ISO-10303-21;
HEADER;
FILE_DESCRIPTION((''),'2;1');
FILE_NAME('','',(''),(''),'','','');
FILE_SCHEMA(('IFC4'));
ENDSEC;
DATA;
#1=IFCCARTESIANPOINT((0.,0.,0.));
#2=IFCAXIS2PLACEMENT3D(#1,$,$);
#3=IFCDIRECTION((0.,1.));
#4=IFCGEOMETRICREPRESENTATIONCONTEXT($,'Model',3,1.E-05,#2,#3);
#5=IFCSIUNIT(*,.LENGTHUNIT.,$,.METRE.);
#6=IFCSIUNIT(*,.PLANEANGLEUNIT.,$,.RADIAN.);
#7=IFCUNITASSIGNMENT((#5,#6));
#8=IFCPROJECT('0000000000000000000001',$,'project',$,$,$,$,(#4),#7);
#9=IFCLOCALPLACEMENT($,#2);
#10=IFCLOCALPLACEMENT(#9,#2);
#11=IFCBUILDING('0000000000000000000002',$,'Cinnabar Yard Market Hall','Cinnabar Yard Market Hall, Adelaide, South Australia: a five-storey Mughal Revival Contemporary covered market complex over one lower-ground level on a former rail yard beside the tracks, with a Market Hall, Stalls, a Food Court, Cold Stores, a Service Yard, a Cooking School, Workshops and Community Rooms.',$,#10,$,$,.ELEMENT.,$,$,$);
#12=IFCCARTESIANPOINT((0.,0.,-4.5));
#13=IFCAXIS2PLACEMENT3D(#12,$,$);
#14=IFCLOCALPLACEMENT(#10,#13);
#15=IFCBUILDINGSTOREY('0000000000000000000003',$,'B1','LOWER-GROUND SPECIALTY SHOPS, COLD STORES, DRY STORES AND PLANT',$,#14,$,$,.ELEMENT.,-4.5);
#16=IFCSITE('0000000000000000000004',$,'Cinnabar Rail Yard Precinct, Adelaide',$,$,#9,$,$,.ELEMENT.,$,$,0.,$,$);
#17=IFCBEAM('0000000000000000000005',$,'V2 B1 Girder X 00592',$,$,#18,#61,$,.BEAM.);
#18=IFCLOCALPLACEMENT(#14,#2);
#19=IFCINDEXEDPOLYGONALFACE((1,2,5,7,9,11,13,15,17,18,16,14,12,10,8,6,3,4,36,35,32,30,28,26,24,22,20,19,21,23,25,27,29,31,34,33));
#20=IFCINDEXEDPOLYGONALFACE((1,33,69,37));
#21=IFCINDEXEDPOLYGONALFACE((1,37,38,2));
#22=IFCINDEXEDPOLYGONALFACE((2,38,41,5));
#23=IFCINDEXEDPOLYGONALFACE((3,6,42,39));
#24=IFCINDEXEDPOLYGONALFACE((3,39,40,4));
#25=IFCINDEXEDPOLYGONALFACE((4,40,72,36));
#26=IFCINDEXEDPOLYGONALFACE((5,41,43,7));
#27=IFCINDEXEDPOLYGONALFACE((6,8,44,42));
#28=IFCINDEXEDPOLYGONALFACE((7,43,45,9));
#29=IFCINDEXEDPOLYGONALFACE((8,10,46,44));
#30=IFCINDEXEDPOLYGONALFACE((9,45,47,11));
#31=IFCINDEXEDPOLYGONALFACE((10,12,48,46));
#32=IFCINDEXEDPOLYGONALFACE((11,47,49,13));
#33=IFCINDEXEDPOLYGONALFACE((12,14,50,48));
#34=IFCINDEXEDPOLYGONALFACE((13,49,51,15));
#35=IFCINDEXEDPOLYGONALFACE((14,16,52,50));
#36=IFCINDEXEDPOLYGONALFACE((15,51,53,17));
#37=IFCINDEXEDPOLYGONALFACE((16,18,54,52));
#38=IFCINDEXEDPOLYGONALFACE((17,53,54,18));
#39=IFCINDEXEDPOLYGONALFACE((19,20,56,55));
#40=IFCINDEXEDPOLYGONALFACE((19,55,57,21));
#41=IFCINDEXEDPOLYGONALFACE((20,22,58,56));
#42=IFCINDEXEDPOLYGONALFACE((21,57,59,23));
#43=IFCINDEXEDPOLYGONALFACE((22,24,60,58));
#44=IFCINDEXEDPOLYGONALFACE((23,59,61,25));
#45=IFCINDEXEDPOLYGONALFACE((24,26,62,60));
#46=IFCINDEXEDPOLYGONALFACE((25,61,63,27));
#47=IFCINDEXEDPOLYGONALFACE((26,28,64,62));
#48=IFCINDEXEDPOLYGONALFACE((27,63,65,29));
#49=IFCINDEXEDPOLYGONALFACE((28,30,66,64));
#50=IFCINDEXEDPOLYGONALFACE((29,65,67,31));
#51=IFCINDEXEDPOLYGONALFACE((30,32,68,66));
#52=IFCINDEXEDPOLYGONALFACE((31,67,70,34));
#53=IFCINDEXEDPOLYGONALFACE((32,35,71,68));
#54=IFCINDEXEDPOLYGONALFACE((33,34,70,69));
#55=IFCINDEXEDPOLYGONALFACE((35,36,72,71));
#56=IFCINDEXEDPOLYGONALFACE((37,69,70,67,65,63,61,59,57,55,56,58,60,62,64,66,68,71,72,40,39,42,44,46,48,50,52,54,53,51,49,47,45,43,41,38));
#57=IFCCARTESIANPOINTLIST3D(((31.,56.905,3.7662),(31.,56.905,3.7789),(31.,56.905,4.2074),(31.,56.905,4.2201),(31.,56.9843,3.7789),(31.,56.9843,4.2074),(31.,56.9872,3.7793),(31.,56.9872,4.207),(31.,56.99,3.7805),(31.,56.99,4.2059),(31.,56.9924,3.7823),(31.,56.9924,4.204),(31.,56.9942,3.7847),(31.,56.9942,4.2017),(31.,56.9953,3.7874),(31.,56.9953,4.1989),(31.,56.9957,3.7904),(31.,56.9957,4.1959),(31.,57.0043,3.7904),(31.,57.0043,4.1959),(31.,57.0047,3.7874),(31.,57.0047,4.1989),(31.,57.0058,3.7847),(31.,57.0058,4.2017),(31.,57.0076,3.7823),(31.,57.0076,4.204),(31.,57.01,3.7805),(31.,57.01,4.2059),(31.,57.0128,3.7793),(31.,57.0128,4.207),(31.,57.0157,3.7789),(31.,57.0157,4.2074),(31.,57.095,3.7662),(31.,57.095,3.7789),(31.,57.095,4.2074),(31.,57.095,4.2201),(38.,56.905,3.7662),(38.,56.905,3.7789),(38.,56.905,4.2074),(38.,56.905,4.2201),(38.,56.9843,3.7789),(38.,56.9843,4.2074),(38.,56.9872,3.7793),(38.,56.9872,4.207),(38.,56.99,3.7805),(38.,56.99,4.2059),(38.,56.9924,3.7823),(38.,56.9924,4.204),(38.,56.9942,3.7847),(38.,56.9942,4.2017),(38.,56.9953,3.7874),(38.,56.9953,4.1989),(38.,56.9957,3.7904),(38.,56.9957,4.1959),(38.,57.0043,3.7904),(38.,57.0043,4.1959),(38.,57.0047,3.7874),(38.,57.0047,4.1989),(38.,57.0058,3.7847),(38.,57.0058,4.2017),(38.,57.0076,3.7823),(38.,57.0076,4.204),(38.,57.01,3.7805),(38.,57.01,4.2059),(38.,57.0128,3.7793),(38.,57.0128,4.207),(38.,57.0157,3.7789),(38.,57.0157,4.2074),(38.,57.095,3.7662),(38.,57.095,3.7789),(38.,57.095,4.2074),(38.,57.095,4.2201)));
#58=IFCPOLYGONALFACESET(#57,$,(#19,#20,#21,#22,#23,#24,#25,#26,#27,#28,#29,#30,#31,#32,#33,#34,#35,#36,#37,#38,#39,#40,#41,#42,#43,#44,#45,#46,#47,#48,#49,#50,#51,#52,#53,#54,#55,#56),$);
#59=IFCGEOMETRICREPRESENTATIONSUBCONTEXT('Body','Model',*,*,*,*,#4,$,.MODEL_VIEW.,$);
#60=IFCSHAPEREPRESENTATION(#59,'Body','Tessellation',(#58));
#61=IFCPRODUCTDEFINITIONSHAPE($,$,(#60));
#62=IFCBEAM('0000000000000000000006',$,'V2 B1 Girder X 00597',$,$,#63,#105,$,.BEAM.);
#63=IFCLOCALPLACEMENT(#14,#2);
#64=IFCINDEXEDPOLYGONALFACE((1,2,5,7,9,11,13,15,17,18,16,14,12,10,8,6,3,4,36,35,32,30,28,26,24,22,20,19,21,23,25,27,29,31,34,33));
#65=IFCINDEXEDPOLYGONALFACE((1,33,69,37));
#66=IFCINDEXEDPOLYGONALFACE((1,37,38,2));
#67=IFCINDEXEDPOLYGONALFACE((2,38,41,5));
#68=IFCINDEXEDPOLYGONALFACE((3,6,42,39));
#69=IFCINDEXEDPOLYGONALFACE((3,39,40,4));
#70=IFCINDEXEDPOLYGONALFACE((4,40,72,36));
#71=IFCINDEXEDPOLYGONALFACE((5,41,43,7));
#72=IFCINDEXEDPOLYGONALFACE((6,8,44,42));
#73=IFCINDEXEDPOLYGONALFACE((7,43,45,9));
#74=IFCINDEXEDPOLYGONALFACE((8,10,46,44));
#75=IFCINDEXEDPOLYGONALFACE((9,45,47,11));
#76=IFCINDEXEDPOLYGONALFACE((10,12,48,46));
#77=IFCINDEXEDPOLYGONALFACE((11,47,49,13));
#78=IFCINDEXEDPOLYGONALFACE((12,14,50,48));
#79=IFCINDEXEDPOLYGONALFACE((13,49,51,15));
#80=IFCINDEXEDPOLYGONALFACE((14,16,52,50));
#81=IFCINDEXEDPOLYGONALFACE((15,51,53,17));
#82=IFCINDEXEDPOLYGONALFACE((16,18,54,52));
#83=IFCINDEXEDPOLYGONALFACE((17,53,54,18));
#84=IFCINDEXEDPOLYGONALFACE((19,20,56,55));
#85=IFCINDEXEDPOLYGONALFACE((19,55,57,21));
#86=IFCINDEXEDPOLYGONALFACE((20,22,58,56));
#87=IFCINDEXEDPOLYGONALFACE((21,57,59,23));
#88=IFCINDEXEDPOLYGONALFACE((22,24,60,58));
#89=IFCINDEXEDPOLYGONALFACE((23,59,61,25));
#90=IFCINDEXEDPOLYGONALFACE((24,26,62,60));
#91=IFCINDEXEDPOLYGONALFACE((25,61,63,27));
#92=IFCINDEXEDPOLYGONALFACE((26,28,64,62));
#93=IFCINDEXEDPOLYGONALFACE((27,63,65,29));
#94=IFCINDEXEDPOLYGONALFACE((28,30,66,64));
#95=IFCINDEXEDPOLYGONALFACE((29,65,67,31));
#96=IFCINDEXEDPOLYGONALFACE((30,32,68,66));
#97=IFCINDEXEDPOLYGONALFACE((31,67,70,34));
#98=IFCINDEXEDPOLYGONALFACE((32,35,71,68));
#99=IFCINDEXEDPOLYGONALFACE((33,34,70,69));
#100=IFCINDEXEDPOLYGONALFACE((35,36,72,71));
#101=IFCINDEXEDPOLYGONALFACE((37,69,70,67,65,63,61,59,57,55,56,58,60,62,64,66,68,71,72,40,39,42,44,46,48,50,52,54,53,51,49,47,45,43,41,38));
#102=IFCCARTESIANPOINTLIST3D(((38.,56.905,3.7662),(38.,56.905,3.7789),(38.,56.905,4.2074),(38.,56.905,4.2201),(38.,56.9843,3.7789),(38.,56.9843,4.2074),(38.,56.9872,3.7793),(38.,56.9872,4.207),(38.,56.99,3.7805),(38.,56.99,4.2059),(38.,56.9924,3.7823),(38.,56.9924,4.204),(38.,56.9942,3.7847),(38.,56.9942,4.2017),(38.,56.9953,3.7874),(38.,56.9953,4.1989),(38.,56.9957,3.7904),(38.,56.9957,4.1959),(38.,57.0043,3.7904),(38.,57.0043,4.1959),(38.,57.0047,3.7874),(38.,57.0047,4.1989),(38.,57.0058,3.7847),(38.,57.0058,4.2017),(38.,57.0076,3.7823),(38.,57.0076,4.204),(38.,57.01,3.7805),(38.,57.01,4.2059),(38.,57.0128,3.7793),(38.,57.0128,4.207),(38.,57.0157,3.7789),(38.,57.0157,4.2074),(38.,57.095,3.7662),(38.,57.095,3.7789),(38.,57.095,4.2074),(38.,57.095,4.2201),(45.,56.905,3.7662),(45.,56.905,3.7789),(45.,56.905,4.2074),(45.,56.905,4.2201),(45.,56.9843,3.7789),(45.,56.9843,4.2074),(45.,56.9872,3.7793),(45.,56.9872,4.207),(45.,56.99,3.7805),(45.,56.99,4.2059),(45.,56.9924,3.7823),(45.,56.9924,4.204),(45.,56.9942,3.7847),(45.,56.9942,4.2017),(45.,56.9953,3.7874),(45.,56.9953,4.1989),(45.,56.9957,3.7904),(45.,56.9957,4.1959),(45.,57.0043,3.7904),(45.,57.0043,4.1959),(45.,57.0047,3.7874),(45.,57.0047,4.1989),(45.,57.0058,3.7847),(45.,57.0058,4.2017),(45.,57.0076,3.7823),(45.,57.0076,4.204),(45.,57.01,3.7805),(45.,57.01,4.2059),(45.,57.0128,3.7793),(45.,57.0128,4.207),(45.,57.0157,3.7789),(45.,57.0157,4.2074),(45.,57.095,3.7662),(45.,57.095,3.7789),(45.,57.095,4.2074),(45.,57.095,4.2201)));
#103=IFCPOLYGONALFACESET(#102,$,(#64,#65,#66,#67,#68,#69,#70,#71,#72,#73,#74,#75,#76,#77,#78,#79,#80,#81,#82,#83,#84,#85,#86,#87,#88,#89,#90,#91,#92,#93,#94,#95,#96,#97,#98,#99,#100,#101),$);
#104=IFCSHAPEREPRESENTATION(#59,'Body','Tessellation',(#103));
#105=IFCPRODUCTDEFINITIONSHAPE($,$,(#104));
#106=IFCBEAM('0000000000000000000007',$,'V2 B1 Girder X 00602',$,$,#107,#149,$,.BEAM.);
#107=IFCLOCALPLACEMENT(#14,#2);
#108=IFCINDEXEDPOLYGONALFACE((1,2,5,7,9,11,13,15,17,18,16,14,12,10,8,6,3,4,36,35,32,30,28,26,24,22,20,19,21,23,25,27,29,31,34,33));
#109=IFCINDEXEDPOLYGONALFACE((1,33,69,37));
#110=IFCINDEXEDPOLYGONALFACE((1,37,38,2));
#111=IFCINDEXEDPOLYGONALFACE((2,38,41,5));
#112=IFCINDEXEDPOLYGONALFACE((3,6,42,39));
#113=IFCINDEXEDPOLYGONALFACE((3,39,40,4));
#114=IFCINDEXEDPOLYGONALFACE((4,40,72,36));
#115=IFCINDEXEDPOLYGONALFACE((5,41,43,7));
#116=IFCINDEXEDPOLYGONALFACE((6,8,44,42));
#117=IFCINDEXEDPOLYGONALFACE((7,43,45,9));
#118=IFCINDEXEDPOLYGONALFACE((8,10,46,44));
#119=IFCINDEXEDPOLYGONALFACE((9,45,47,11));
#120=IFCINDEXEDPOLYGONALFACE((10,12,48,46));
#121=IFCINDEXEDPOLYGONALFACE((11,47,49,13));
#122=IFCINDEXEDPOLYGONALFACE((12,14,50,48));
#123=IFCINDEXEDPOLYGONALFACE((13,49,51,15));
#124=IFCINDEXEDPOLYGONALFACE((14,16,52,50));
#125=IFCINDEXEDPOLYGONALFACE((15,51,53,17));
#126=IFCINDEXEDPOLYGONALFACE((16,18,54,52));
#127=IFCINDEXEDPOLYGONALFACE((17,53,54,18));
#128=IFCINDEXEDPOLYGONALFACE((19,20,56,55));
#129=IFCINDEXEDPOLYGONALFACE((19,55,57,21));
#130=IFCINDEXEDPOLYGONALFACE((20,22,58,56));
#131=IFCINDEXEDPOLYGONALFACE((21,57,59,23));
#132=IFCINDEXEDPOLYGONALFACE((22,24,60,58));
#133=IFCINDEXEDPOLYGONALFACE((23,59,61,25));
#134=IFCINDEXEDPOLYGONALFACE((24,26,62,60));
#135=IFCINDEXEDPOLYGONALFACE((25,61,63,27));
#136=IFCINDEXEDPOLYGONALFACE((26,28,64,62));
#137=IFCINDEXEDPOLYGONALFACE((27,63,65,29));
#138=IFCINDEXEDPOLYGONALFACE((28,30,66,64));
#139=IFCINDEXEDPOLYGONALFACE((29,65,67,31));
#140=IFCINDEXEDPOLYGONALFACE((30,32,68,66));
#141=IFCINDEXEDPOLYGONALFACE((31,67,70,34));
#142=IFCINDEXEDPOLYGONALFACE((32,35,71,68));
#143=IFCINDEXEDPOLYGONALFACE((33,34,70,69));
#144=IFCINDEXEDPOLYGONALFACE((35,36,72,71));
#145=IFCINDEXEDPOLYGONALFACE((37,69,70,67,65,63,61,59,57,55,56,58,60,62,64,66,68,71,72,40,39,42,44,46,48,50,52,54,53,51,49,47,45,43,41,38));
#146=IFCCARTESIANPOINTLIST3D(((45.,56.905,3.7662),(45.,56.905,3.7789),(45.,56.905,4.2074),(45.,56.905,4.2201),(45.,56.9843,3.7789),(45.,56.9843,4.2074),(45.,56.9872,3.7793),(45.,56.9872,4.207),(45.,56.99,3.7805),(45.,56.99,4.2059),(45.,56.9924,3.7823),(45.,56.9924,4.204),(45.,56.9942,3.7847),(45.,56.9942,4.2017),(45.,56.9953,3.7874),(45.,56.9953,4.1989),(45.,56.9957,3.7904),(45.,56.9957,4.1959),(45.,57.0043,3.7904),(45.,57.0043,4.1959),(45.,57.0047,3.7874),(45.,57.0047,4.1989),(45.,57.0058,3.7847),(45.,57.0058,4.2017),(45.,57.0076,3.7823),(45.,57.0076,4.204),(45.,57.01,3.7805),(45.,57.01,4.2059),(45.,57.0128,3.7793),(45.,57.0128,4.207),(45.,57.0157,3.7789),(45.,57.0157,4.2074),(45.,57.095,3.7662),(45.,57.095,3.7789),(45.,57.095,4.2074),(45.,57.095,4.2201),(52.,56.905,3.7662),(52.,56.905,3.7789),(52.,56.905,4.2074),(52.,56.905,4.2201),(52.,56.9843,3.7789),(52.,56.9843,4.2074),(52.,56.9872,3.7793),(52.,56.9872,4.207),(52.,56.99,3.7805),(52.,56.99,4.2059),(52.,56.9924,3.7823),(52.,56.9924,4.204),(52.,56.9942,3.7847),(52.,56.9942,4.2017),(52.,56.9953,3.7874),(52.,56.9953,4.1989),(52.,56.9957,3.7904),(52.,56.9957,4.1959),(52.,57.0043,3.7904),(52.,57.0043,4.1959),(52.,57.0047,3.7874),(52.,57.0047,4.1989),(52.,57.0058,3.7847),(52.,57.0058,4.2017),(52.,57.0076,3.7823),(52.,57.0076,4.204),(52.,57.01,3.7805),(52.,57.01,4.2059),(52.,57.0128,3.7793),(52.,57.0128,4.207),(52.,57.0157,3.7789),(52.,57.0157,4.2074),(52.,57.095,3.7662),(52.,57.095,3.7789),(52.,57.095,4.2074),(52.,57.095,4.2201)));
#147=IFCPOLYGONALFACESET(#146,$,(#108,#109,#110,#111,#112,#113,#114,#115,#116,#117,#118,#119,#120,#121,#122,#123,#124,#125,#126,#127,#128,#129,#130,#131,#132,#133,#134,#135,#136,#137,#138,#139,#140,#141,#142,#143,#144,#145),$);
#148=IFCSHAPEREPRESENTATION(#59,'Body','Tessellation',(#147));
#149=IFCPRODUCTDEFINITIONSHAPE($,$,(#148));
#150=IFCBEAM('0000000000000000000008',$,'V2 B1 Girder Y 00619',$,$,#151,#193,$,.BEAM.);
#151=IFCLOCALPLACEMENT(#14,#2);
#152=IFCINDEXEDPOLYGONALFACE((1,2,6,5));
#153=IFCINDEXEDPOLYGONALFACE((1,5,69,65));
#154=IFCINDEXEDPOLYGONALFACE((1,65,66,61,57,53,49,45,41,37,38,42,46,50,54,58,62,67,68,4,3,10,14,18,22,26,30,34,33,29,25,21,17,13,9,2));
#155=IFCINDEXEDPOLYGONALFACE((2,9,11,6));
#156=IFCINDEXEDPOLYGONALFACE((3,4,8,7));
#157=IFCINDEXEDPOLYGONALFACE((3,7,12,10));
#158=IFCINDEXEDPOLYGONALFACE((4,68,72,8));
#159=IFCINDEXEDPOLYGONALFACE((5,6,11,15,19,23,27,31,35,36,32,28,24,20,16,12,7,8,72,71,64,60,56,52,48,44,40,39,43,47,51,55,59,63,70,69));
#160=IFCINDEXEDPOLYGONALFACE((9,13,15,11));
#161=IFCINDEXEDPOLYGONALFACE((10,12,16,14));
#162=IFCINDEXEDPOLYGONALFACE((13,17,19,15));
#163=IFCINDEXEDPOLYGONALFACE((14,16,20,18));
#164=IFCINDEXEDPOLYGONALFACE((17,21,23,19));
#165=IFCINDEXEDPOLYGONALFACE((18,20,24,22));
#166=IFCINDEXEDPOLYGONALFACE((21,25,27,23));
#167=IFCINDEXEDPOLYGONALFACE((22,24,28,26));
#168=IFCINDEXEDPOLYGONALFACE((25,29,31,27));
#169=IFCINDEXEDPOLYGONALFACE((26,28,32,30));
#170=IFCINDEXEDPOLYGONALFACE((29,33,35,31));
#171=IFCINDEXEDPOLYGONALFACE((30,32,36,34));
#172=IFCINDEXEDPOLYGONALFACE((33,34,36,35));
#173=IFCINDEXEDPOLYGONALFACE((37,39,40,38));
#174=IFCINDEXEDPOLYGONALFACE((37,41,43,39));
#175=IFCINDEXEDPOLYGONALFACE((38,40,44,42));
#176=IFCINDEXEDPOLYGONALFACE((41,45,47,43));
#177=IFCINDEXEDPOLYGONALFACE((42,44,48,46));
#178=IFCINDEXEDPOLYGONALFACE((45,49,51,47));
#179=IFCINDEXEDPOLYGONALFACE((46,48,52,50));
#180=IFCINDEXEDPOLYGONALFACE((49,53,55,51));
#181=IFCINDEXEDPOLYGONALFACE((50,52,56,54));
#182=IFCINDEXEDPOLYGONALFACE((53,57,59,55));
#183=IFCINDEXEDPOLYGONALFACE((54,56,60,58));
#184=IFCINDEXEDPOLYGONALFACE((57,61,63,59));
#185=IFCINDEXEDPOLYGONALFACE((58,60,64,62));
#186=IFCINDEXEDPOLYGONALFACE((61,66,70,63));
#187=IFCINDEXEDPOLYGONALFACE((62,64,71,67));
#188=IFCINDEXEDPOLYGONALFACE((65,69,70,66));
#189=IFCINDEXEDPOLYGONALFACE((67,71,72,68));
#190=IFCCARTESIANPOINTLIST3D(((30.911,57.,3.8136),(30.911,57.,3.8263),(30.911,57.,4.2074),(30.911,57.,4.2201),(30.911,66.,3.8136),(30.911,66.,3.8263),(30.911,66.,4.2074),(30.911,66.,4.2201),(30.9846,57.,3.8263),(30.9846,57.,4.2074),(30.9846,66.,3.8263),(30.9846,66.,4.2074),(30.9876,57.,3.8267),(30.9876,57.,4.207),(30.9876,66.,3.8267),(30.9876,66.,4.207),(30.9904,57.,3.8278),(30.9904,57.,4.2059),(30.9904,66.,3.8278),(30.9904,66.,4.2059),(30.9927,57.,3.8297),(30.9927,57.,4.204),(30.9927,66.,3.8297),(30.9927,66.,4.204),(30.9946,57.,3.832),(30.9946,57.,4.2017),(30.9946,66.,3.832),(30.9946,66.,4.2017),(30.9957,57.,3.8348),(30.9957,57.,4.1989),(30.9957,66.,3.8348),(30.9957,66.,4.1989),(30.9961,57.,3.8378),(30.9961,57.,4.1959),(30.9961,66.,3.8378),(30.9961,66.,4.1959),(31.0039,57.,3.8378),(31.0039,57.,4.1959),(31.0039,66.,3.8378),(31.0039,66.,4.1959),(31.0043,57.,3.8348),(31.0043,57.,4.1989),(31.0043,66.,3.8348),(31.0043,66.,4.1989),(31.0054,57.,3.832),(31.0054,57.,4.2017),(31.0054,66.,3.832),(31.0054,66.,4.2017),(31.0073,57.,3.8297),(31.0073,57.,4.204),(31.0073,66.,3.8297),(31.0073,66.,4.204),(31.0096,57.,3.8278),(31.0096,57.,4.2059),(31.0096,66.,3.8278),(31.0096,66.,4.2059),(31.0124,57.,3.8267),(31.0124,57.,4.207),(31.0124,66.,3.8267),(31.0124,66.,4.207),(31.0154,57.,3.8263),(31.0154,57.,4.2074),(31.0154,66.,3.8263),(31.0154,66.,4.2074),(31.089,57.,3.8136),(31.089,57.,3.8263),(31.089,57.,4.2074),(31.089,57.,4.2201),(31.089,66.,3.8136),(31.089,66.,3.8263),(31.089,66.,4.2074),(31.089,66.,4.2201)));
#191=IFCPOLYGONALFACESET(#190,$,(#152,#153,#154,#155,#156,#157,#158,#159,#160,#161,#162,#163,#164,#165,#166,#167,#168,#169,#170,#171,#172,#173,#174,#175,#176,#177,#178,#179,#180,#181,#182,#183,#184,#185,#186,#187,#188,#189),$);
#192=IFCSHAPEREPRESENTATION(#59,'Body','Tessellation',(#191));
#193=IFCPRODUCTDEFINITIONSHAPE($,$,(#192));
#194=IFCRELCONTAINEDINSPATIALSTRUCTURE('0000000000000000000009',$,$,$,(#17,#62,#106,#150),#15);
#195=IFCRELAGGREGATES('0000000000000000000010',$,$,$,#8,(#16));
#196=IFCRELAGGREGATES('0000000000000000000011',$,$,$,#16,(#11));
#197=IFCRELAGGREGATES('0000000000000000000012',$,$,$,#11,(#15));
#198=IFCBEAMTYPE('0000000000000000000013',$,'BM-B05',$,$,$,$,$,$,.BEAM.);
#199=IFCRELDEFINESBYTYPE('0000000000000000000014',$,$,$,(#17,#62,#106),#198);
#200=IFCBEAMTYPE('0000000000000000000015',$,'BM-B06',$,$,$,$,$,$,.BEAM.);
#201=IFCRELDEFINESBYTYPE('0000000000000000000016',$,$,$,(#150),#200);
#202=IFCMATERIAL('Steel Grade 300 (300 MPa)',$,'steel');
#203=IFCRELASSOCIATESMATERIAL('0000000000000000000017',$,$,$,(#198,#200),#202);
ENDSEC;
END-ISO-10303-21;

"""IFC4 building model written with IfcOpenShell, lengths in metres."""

from ifc_helpers import new_model, si_unit, direction, frame, origin, origin_2d_with_axis, place, context, subcontext, project, spatial, i_section, extrude, material, material_profile, profile_set, type_object, element, save


model = new_model("IFC4")

# Units and contexts
model_context = context("Model", 3, precision=1e-05, world=origin(), true_north=direction((0.0, 1.0)))
body_context = subcontext(model_context, "Body", "Model", "MODEL_VIEW")
ifc_project = project(units=[si_unit("LENGTHUNIT", "METRE"), si_unit("PLANEANGLEUNIT", "RADIAN")], contexts=[model_context])

# Site, building, storey
site_placement = place(None, origin())
site = spatial("IfcSite", under=ifc_project, at=site_placement, Name="Cinnabar Rail Yard Precinct, Adelaide", CompositionType="ELEMENT", RefElevation=0.0)
building_placement = place(site_placement, origin())
building = spatial("IfcBuilding", under=site, at=building_placement, Name="Cinnabar Yard Market Hall", Description="Cinnabar Yard Market Hall, Adelaide, South Australia: a five-storey Mughal Revival Contemporary covered market complex over one lower-ground level on a former rail yard beside the tracks, with a Market Hall, Stalls, a Food Court, Cold Stores, a Service Yard, a Cooking School, Workshops and Community Rooms.", CompositionType="ELEMENT")
storey_placement = place(building_placement, frame((0.0, 0.0, -4.5)))
storey = spatial("IfcBuildingStorey", under=building, at=storey_placement, Name="B1", Description="LOWER-GROUND SPECIALTY SHOPS, COLD STORES, DRY STORES AND PLANT", CompositionType="ELEMENT", Elevation=-4.5)

# Shared definitions
ifc_material_1 = material(Name="Steel Grade 300 (300 MPa)", Category="steel")

# Beams
ifc_material_profile_1 = material_profile(ifc_material_1, i_section(OverallWidth=0.1899, OverallDepth=0.4539, WebThickness=0.0085, FlangeThickness=0.0127, FilletRadius=0.0115, at=origin_2d_with_axis()), Name="460UB67.1")
ifc_profile_set_1 = profile_set([ifc_material_profile_1], Name="Steel Grade 300 (300 MPa)")
beam_type_1 = type_object("IfcBeamType", Name="BM-B05", PredefinedType="BEAM", material=ifc_profile_set_1)
for number, where, z_axis, x_axis, name in (
    (1, (31.0, 57.0, 3.9932), (1.0, 0.0, 0.0), (0.0, 1.0, 0.0), "V2 B1 Girder X 00592"),
    (2, (38.0, 57.0, 3.9932), (1.0, 0.0, 0.0), (0.0, 1.0, 0.0), "V2 B1 Girder X 00597"),
    (3, (45.0, 57.0, 3.9932), (1.0, 0.0, 0.0), (0.0, 1.0, 0.0), "V2 B1 Girder X 00602"),
):
    element("IfcBeam", number, at=place(storey_placement, frame(where, z_axis=z_axis, x_axis=x_axis)), inside=storey, type_object=beam_type_1, Name=name, PredefinedType="BEAM", context=body_context, shape_type="SweptSolid", body=[
        extrude(i_section(OverallWidth=0.1899, OverallDepth=0.4539, WebThickness=0.0085, FlangeThickness=0.0127, FilletRadius=0.0115, at=origin_2d_with_axis()), origin(), (0.0, 0.0, 1.0), 7.0),
    ])
ifc_material_profile_2 = material_profile(ifc_material_1, i_section(OverallWidth=0.178, OverallDepth=0.4065, WebThickness=0.0078, FlangeThickness=0.0127, FilletRadius=0.0115, at=origin_2d_with_axis()), Name="410UB59.7")
ifc_profile_set_2 = profile_set([ifc_material_profile_2], Name="Steel Grade 300 (300 MPa)")
beam_type_2 = type_object("IfcBeamType", Name="BM-B06", PredefinedType="BEAM", material=ifc_profile_set_2)
for number, where, z_axis, x_axis, name in (
    (4, (31.0, 57.0, 4.0168), (0.0, 1.0, 0.0), (-1.0, 0.0, 0.0), "V2 B1 Girder Y 00619"),
):
    element("IfcBeam", number, at=place(storey_placement, frame(where, z_axis=z_axis, x_axis=x_axis)), inside=storey, type_object=beam_type_2, Name=name, PredefinedType="BEAM", context=body_context, shape_type="SweptSolid", body=[
        extrude(i_section(OverallWidth=0.178, OverallDepth=0.4065, WebThickness=0.0078, FlangeThickness=0.0127, FilletRadius=0.0115, at=origin_2d_with_axis()), origin(), (0.0, 0.0, 1.0), 9.0),
    ])

save(model, "model.ifc")
